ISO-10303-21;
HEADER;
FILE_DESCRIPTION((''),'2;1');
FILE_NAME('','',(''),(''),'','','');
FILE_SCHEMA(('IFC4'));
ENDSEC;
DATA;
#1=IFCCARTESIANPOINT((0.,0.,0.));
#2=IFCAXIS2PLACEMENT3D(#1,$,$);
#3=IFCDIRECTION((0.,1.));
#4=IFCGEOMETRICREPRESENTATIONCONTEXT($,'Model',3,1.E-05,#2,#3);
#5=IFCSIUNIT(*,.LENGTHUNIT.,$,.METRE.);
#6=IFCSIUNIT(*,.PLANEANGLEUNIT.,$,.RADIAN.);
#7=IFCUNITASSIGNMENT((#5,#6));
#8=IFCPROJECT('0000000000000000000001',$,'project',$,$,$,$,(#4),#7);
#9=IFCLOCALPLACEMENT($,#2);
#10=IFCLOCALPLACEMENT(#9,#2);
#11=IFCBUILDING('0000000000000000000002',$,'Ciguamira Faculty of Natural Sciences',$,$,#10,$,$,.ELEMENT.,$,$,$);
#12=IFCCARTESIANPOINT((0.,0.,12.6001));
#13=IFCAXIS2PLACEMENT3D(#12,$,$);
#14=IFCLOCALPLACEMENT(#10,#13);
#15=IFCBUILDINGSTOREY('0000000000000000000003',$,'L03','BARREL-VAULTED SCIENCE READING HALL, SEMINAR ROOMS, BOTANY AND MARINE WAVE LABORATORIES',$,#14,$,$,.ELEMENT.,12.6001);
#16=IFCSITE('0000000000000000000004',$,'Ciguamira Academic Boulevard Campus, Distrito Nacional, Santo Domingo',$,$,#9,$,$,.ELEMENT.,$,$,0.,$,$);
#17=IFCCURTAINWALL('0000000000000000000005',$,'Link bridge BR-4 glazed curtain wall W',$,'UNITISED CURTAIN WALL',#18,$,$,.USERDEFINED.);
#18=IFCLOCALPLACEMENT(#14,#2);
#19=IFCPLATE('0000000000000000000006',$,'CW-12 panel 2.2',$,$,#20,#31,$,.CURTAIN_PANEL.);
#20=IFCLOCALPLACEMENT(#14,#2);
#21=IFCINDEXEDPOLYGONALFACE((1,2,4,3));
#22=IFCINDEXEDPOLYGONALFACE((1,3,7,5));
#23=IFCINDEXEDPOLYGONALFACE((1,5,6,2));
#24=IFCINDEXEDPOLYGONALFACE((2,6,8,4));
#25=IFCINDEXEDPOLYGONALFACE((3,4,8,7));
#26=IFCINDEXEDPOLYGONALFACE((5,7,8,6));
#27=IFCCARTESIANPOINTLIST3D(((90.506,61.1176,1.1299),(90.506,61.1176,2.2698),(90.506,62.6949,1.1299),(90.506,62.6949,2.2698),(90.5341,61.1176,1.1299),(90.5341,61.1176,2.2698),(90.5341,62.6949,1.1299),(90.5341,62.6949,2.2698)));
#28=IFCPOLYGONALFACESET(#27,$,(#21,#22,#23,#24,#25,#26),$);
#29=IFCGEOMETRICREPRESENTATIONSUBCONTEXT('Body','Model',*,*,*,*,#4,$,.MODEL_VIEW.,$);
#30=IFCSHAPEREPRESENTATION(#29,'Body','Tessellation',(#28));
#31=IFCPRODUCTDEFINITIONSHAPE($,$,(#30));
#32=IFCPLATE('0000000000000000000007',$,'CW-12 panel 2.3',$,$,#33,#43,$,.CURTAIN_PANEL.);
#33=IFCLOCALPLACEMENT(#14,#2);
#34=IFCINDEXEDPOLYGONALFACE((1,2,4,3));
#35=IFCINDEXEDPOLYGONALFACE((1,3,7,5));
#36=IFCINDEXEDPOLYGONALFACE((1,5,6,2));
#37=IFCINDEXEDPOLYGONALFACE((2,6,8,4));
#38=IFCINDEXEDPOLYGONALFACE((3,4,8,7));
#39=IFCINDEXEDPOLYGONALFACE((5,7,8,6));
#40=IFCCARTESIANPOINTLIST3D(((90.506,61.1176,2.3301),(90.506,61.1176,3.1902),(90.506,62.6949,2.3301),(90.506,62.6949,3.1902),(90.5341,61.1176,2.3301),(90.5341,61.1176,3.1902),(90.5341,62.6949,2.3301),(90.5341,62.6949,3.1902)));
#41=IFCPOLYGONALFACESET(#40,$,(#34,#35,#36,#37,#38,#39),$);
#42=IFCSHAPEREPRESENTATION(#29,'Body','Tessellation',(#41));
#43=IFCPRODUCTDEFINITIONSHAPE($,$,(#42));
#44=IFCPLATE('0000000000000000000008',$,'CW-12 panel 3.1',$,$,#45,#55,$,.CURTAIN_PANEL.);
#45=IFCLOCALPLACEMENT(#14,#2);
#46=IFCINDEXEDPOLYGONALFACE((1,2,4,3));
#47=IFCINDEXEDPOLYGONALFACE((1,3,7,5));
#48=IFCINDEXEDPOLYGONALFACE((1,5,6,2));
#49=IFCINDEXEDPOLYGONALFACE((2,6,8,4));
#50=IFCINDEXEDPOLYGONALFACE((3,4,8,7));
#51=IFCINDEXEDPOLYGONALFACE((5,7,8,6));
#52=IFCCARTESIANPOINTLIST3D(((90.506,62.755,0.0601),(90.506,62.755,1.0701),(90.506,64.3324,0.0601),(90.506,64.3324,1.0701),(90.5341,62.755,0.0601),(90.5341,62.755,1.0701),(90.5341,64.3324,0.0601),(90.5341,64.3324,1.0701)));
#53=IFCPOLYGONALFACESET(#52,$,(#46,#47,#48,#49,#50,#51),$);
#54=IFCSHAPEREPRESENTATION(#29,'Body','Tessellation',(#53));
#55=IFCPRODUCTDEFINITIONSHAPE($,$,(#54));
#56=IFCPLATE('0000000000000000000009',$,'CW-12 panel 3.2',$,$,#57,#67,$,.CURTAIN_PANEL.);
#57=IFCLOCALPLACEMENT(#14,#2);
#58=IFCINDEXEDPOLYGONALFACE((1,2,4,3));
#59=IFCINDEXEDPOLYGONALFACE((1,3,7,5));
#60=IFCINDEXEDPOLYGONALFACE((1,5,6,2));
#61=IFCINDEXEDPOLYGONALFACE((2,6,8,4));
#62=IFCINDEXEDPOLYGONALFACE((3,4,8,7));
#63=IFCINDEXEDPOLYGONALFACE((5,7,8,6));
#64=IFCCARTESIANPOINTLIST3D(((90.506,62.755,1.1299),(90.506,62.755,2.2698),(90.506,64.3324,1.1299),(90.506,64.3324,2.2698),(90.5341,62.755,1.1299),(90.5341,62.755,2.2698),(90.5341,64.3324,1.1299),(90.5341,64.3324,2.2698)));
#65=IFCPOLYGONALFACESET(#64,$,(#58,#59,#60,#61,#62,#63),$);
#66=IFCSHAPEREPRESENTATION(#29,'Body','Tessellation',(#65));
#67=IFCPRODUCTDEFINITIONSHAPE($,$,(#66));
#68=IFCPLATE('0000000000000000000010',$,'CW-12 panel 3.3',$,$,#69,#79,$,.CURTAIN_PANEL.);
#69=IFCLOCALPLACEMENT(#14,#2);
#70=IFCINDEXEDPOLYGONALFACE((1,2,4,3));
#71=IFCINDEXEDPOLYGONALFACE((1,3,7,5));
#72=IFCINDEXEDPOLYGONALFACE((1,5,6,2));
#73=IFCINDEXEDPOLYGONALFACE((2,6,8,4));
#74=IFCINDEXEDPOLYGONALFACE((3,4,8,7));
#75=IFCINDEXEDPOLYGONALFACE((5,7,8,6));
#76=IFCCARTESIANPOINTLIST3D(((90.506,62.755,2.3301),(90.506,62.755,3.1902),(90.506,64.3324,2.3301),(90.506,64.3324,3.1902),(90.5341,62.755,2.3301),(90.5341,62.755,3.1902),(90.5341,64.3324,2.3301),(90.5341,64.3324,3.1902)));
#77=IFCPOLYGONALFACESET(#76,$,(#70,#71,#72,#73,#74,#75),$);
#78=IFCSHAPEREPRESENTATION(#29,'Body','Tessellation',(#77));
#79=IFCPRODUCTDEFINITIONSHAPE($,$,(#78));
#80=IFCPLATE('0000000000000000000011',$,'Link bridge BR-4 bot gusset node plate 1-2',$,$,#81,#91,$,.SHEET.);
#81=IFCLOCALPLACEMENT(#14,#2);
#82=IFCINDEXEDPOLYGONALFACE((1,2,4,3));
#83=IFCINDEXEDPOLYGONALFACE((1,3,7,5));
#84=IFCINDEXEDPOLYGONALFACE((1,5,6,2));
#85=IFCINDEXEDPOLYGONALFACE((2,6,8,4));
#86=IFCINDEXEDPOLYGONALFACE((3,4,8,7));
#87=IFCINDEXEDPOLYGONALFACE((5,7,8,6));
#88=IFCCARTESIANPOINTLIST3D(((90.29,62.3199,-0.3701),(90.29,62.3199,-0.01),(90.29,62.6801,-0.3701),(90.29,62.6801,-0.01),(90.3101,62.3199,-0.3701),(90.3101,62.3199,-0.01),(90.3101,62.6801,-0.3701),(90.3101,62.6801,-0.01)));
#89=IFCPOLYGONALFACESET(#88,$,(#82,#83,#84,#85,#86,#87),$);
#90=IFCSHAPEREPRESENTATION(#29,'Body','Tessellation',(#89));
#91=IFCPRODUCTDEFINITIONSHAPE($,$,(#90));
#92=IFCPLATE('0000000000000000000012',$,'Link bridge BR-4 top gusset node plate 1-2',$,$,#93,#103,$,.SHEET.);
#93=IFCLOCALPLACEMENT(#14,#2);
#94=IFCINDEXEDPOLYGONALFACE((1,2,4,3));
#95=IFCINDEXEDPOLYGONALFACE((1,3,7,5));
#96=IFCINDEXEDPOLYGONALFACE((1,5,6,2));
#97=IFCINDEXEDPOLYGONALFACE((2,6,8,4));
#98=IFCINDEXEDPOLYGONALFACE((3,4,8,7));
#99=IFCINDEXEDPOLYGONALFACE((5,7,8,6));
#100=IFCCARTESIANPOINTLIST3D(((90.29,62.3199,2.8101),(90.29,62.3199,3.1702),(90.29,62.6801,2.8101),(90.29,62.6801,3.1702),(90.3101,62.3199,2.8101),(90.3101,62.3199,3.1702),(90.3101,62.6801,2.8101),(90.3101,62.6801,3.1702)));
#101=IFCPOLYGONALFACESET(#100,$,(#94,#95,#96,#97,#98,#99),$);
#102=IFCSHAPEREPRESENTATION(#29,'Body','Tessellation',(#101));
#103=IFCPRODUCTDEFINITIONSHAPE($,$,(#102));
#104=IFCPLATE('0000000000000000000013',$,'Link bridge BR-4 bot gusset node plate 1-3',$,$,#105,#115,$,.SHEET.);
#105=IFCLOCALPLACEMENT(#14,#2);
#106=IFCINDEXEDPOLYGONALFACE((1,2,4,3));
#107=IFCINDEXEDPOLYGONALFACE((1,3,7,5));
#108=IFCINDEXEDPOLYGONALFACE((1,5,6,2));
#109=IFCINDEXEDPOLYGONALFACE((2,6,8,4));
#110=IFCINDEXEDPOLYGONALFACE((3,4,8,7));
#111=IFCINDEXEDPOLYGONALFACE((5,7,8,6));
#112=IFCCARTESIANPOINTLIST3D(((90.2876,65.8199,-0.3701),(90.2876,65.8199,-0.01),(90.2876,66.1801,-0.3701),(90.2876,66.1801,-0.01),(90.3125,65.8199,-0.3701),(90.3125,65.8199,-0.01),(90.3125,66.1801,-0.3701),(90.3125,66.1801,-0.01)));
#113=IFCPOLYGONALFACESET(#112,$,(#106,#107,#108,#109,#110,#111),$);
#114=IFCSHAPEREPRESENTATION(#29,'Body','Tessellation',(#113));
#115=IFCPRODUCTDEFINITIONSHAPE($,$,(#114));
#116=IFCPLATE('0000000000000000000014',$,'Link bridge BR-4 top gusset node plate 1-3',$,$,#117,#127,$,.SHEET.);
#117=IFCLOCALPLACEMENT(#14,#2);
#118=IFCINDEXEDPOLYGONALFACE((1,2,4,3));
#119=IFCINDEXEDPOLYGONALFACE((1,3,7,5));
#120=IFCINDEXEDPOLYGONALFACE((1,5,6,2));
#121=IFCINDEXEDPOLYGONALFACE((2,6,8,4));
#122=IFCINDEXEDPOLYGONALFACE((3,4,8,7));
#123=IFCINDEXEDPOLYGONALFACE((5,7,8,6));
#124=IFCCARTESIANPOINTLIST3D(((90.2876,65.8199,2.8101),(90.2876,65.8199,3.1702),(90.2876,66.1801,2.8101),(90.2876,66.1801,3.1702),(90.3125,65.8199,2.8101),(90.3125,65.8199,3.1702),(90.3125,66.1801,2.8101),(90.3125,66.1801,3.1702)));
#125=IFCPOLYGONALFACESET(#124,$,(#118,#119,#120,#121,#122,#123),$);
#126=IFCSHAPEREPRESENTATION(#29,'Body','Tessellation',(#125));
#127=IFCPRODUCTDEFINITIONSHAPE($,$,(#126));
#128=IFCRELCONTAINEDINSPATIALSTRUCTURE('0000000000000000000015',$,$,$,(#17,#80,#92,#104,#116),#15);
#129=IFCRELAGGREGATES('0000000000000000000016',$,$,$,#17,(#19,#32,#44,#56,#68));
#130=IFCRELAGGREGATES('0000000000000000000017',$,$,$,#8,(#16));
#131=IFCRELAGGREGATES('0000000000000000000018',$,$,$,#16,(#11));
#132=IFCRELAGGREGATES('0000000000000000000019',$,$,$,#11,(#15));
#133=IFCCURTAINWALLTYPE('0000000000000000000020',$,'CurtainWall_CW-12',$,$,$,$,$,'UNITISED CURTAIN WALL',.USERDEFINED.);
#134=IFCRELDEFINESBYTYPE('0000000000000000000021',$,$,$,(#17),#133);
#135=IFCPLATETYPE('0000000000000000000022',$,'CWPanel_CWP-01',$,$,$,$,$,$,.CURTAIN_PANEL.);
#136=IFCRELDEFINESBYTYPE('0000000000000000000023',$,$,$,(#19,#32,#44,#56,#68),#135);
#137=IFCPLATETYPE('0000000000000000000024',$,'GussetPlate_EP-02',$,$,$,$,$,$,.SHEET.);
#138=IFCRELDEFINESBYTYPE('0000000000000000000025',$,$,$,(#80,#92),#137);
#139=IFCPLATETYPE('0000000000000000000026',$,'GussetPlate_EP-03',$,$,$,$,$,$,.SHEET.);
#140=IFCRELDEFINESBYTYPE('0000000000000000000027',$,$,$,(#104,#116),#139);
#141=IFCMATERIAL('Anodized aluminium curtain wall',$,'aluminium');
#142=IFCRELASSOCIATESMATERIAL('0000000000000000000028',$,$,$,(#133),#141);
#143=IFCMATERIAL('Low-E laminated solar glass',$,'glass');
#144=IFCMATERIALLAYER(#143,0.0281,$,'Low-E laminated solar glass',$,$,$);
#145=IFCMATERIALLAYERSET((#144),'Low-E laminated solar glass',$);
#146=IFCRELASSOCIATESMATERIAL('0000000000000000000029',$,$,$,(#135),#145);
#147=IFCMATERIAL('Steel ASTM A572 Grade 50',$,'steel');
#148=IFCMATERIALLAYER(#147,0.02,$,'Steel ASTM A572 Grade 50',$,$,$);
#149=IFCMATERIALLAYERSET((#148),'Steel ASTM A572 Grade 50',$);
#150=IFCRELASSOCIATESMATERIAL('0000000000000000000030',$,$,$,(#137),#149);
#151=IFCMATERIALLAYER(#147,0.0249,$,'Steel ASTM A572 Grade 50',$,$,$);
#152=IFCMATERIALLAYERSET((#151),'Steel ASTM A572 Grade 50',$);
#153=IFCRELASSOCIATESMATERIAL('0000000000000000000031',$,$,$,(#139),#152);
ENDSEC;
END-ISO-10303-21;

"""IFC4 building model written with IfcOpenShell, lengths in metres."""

from ifc_helpers import new_model, si_unit, direction, frame, origin, origin_2d, place, context, subcontext, project, spatial, rectangle, extrude, material, layer, layer_set, type_object, element, aggregate, save


model = new_model("IFC4")

# Units and contexts
model_context = context("Model", 3, precision=1e-05, world=origin(), true_north=direction((0.0, 1.0)))
body_context = subcontext(model_context, "Body", "Model", "MODEL_VIEW")
ifc_project = project(units=[si_unit("LENGTHUNIT", "METRE"), si_unit("PLANEANGLEUNIT", "RADIAN")], contexts=[model_context])

# Site, building, storey
site_placement = place(None, origin())
site = spatial("IfcSite", under=ifc_project, at=site_placement, Name="Ciguamira Academic Boulevard Campus, Distrito Nacional, Santo Domingo", CompositionType="ELEMENT", RefElevation=0.0)
building_placement = place(site_placement, origin())
building = spatial("IfcBuilding", under=site, at=building_placement, Name="Ciguamira Faculty of Natural Sciences", CompositionType="ELEMENT")
storey_placement = place(building_placement, frame((0.0, 0.0, 12.6001)))
storey = spatial("IfcBuildingStorey", under=building, at=storey_placement, Name="L03", Description="BARREL-VAULTED SCIENCE READING HALL, SEMINAR ROOMS, BOTANY AND MARINE WAVE LABORATORIES", CompositionType="ELEMENT", Elevation=12.6001)

# Curtain wall
ifc_material_1 = material(Name="Anodized aluminium curtain wall", Category="aluminium")
curtain_wall_type = type_object("IfcCurtainWallType", Name="CurtainWall_CW-12", ElementType="UNITISED CURTAIN WALL", PredefinedType="USERDEFINED", material=ifc_material_1)
curtain_wall_placement = place(storey_placement, origin())
curtain_wall = element("IfcCurtainWall", 1, at=curtain_wall_placement, inside=storey, type_object=curtain_wall_type, Name="Link bridge BR-4 glazed curtain wall W", ObjectType="UNITISED CURTAIN WALL", PredefinedType="USERDEFINED")

# Plates
ifc_material_2 = material(Name="Low-E laminated solar glass", Category="glass")
ifc_layer_1 = layer(ifc_material_2, 0.0281, Name="Low-E laminated solar glass")
ifc_layer_set_1 = layer_set([ifc_layer_1], Name="Low-E laminated solar glass")
plate_type_1 = type_object("IfcPlateType", Name="CWPanel_CWP-01", PredefinedType="CURTAIN_PANEL", material=ifc_layer_set_1)
plate_1_placement = place(storey_placement, frame((90.52, 61.9062, 1.1299), z_axis=(0.0, 0.0, 1.0), x_axis=(0.0, 1.0, 0.0)))
plate_1 = element("IfcPlate", 2, at=plate_1_placement, type_object=plate_type_1, Name="CW-12 panel 2.2", PredefinedType="CURTAIN_PANEL", context=body_context, shape_type="SweptSolid", body=[
    extrude(rectangle(XDim=1.5774, YDim=0.0281, at=origin_2d()), origin(), (0.0, 0.0, 1.0), 1.1399),
])
plate_2_placement = place(storey_placement, frame((90.52, 61.9062, 2.3301), z_axis=(0.0, 0.0, 1.0), x_axis=(0.0, 1.0, 0.0)))
plate_2 = element("IfcPlate", 3, at=plate_2_placement, type_object=plate_type_1, Name="CW-12 panel 2.3", PredefinedType="CURTAIN_PANEL", context=body_context, shape_type="SweptSolid", body=[
    extrude(rectangle(XDim=1.5774, YDim=0.0281, at=origin_2d()), origin(), (0.0, 0.0, 1.0), 0.8601),
])
plate_3_placement = place(storey_placement, frame((90.52, 63.5437, 0.0601), z_axis=(0.0, 0.0, 1.0), x_axis=(0.0, 1.0, 0.0)))
plate_3 = element("IfcPlate", 4, at=plate_3_placement, type_object=plate_type_1, Name="CW-12 panel 3.1", PredefinedType="CURTAIN_PANEL", context=body_context, shape_type="SweptSolid", body=[
    extrude(rectangle(XDim=1.5774, YDim=0.0281, at=origin_2d()), origin(), (0.0, 0.0, 1.0), 1.01),
])
plate_4_placement = place(storey_placement, frame((90.52, 63.5437, 1.1299), z_axis=(0.0, 0.0, 1.0), x_axis=(0.0, 1.0, 0.0)))
plate_4 = element("IfcPlate", 5, at=plate_4_placement, type_object=plate_type_1, Name="CW-12 panel 3.2", PredefinedType="CURTAIN_PANEL", context=body_context, shape_type="SweptSolid", body=[
    extrude(rectangle(XDim=1.5774, YDim=0.0281, at=origin_2d()), origin(), (0.0, 0.0, 1.0), 1.1399),
])
plate_5_placement = place(storey_placement, frame((90.52, 63.5437, 2.3301), z_axis=(0.0, 0.0, 1.0), x_axis=(0.0, 1.0, 0.0)))
plate_5 = element("IfcPlate", 6, at=plate_5_placement, type_object=plate_type_1, Name="CW-12 panel 3.3", PredefinedType="CURTAIN_PANEL", context=body_context, shape_type="SweptSolid", body=[
    extrude(rectangle(XDim=1.5774, YDim=0.0281, at=origin_2d()), origin(), (0.0, 0.0, 1.0), 0.8601),
])
aggregate(curtain_wall, [plate_1, plate_2, plate_3, plate_4, plate_5])

# Plates
ifc_material_3 = material(Name="Steel ASTM A572 Grade 50", Category="steel")
ifc_layer_2 = layer(ifc_material_3, 0.02, Name="Steel ASTM A572 Grade 50")
ifc_layer_set_2 = layer_set([ifc_layer_2], Name="Steel ASTM A572 Grade 50")
plate_type_2 = type_object("IfcPlateType", Name="GussetPlate_EP-02", PredefinedType="SHEET", material=ifc_layer_set_2)
for number, where, z_axis, x_axis, name in (
    (7, (90.3, 62.5, -0.3701), (0.0, 0.0, 1.0), (1.0, 0.0, 0.0), "Link bridge BR-4 bot gusset node plate 1-2"),
    (8, (90.3, 62.5, 2.8101), (0.0, 0.0, 1.0), (1.0, 0.0, 0.0), "Link bridge BR-4 top gusset node plate 1-2"),
):
    element("IfcPlate", number, at=place(storey_placement, frame(where, z_axis=z_axis, x_axis=x_axis)), inside=storey, type_object=plate_type_2, Name=name, PredefinedType="SHEET", context=body_context, shape_type="SweptSolid", body=[
        extrude(rectangle(XDim=0.02, YDim=0.3601, at=origin_2d()), origin(), (0.0, 0.0, 1.0), 0.3601),
    ])
ifc_layer_3 = layer(ifc_material_3, 0.0249, Name="Steel ASTM A572 Grade 50")
ifc_layer_set_3 = layer_set([ifc_layer_3], Name="Steel ASTM A572 Grade 50")
plate_type_3 = type_object("IfcPlateType", Name="GussetPlate_EP-03", PredefinedType="SHEET", material=ifc_layer_set_3)
for number, where, z_axis, x_axis, name in (
    (9, (90.3, 66.0, -0.3701), (0.0, 0.0, 1.0), (1.0, 0.0, 0.0), "Link bridge BR-4 bot gusset node plate 1-3"),
    (10, (90.3, 66.0, 2.8101), (0.0, 0.0, 1.0), (1.0, 0.0, 0.0), "Link bridge BR-4 top gusset node plate 1-3"),
):
    element("IfcPlate", number, at=place(storey_placement, frame(where, z_axis=z_axis, x_axis=x_axis)), inside=storey, type_object=plate_type_3, Name=name, PredefinedType="SHEET", context=body_context, shape_type="SweptSolid", body=[
        extrude(rectangle(XDim=0.0249, YDim=0.3601, at=origin_2d()), origin(), (0.0, 0.0, 1.0), 0.3601),
    ])

save(model, "model.ifc")
